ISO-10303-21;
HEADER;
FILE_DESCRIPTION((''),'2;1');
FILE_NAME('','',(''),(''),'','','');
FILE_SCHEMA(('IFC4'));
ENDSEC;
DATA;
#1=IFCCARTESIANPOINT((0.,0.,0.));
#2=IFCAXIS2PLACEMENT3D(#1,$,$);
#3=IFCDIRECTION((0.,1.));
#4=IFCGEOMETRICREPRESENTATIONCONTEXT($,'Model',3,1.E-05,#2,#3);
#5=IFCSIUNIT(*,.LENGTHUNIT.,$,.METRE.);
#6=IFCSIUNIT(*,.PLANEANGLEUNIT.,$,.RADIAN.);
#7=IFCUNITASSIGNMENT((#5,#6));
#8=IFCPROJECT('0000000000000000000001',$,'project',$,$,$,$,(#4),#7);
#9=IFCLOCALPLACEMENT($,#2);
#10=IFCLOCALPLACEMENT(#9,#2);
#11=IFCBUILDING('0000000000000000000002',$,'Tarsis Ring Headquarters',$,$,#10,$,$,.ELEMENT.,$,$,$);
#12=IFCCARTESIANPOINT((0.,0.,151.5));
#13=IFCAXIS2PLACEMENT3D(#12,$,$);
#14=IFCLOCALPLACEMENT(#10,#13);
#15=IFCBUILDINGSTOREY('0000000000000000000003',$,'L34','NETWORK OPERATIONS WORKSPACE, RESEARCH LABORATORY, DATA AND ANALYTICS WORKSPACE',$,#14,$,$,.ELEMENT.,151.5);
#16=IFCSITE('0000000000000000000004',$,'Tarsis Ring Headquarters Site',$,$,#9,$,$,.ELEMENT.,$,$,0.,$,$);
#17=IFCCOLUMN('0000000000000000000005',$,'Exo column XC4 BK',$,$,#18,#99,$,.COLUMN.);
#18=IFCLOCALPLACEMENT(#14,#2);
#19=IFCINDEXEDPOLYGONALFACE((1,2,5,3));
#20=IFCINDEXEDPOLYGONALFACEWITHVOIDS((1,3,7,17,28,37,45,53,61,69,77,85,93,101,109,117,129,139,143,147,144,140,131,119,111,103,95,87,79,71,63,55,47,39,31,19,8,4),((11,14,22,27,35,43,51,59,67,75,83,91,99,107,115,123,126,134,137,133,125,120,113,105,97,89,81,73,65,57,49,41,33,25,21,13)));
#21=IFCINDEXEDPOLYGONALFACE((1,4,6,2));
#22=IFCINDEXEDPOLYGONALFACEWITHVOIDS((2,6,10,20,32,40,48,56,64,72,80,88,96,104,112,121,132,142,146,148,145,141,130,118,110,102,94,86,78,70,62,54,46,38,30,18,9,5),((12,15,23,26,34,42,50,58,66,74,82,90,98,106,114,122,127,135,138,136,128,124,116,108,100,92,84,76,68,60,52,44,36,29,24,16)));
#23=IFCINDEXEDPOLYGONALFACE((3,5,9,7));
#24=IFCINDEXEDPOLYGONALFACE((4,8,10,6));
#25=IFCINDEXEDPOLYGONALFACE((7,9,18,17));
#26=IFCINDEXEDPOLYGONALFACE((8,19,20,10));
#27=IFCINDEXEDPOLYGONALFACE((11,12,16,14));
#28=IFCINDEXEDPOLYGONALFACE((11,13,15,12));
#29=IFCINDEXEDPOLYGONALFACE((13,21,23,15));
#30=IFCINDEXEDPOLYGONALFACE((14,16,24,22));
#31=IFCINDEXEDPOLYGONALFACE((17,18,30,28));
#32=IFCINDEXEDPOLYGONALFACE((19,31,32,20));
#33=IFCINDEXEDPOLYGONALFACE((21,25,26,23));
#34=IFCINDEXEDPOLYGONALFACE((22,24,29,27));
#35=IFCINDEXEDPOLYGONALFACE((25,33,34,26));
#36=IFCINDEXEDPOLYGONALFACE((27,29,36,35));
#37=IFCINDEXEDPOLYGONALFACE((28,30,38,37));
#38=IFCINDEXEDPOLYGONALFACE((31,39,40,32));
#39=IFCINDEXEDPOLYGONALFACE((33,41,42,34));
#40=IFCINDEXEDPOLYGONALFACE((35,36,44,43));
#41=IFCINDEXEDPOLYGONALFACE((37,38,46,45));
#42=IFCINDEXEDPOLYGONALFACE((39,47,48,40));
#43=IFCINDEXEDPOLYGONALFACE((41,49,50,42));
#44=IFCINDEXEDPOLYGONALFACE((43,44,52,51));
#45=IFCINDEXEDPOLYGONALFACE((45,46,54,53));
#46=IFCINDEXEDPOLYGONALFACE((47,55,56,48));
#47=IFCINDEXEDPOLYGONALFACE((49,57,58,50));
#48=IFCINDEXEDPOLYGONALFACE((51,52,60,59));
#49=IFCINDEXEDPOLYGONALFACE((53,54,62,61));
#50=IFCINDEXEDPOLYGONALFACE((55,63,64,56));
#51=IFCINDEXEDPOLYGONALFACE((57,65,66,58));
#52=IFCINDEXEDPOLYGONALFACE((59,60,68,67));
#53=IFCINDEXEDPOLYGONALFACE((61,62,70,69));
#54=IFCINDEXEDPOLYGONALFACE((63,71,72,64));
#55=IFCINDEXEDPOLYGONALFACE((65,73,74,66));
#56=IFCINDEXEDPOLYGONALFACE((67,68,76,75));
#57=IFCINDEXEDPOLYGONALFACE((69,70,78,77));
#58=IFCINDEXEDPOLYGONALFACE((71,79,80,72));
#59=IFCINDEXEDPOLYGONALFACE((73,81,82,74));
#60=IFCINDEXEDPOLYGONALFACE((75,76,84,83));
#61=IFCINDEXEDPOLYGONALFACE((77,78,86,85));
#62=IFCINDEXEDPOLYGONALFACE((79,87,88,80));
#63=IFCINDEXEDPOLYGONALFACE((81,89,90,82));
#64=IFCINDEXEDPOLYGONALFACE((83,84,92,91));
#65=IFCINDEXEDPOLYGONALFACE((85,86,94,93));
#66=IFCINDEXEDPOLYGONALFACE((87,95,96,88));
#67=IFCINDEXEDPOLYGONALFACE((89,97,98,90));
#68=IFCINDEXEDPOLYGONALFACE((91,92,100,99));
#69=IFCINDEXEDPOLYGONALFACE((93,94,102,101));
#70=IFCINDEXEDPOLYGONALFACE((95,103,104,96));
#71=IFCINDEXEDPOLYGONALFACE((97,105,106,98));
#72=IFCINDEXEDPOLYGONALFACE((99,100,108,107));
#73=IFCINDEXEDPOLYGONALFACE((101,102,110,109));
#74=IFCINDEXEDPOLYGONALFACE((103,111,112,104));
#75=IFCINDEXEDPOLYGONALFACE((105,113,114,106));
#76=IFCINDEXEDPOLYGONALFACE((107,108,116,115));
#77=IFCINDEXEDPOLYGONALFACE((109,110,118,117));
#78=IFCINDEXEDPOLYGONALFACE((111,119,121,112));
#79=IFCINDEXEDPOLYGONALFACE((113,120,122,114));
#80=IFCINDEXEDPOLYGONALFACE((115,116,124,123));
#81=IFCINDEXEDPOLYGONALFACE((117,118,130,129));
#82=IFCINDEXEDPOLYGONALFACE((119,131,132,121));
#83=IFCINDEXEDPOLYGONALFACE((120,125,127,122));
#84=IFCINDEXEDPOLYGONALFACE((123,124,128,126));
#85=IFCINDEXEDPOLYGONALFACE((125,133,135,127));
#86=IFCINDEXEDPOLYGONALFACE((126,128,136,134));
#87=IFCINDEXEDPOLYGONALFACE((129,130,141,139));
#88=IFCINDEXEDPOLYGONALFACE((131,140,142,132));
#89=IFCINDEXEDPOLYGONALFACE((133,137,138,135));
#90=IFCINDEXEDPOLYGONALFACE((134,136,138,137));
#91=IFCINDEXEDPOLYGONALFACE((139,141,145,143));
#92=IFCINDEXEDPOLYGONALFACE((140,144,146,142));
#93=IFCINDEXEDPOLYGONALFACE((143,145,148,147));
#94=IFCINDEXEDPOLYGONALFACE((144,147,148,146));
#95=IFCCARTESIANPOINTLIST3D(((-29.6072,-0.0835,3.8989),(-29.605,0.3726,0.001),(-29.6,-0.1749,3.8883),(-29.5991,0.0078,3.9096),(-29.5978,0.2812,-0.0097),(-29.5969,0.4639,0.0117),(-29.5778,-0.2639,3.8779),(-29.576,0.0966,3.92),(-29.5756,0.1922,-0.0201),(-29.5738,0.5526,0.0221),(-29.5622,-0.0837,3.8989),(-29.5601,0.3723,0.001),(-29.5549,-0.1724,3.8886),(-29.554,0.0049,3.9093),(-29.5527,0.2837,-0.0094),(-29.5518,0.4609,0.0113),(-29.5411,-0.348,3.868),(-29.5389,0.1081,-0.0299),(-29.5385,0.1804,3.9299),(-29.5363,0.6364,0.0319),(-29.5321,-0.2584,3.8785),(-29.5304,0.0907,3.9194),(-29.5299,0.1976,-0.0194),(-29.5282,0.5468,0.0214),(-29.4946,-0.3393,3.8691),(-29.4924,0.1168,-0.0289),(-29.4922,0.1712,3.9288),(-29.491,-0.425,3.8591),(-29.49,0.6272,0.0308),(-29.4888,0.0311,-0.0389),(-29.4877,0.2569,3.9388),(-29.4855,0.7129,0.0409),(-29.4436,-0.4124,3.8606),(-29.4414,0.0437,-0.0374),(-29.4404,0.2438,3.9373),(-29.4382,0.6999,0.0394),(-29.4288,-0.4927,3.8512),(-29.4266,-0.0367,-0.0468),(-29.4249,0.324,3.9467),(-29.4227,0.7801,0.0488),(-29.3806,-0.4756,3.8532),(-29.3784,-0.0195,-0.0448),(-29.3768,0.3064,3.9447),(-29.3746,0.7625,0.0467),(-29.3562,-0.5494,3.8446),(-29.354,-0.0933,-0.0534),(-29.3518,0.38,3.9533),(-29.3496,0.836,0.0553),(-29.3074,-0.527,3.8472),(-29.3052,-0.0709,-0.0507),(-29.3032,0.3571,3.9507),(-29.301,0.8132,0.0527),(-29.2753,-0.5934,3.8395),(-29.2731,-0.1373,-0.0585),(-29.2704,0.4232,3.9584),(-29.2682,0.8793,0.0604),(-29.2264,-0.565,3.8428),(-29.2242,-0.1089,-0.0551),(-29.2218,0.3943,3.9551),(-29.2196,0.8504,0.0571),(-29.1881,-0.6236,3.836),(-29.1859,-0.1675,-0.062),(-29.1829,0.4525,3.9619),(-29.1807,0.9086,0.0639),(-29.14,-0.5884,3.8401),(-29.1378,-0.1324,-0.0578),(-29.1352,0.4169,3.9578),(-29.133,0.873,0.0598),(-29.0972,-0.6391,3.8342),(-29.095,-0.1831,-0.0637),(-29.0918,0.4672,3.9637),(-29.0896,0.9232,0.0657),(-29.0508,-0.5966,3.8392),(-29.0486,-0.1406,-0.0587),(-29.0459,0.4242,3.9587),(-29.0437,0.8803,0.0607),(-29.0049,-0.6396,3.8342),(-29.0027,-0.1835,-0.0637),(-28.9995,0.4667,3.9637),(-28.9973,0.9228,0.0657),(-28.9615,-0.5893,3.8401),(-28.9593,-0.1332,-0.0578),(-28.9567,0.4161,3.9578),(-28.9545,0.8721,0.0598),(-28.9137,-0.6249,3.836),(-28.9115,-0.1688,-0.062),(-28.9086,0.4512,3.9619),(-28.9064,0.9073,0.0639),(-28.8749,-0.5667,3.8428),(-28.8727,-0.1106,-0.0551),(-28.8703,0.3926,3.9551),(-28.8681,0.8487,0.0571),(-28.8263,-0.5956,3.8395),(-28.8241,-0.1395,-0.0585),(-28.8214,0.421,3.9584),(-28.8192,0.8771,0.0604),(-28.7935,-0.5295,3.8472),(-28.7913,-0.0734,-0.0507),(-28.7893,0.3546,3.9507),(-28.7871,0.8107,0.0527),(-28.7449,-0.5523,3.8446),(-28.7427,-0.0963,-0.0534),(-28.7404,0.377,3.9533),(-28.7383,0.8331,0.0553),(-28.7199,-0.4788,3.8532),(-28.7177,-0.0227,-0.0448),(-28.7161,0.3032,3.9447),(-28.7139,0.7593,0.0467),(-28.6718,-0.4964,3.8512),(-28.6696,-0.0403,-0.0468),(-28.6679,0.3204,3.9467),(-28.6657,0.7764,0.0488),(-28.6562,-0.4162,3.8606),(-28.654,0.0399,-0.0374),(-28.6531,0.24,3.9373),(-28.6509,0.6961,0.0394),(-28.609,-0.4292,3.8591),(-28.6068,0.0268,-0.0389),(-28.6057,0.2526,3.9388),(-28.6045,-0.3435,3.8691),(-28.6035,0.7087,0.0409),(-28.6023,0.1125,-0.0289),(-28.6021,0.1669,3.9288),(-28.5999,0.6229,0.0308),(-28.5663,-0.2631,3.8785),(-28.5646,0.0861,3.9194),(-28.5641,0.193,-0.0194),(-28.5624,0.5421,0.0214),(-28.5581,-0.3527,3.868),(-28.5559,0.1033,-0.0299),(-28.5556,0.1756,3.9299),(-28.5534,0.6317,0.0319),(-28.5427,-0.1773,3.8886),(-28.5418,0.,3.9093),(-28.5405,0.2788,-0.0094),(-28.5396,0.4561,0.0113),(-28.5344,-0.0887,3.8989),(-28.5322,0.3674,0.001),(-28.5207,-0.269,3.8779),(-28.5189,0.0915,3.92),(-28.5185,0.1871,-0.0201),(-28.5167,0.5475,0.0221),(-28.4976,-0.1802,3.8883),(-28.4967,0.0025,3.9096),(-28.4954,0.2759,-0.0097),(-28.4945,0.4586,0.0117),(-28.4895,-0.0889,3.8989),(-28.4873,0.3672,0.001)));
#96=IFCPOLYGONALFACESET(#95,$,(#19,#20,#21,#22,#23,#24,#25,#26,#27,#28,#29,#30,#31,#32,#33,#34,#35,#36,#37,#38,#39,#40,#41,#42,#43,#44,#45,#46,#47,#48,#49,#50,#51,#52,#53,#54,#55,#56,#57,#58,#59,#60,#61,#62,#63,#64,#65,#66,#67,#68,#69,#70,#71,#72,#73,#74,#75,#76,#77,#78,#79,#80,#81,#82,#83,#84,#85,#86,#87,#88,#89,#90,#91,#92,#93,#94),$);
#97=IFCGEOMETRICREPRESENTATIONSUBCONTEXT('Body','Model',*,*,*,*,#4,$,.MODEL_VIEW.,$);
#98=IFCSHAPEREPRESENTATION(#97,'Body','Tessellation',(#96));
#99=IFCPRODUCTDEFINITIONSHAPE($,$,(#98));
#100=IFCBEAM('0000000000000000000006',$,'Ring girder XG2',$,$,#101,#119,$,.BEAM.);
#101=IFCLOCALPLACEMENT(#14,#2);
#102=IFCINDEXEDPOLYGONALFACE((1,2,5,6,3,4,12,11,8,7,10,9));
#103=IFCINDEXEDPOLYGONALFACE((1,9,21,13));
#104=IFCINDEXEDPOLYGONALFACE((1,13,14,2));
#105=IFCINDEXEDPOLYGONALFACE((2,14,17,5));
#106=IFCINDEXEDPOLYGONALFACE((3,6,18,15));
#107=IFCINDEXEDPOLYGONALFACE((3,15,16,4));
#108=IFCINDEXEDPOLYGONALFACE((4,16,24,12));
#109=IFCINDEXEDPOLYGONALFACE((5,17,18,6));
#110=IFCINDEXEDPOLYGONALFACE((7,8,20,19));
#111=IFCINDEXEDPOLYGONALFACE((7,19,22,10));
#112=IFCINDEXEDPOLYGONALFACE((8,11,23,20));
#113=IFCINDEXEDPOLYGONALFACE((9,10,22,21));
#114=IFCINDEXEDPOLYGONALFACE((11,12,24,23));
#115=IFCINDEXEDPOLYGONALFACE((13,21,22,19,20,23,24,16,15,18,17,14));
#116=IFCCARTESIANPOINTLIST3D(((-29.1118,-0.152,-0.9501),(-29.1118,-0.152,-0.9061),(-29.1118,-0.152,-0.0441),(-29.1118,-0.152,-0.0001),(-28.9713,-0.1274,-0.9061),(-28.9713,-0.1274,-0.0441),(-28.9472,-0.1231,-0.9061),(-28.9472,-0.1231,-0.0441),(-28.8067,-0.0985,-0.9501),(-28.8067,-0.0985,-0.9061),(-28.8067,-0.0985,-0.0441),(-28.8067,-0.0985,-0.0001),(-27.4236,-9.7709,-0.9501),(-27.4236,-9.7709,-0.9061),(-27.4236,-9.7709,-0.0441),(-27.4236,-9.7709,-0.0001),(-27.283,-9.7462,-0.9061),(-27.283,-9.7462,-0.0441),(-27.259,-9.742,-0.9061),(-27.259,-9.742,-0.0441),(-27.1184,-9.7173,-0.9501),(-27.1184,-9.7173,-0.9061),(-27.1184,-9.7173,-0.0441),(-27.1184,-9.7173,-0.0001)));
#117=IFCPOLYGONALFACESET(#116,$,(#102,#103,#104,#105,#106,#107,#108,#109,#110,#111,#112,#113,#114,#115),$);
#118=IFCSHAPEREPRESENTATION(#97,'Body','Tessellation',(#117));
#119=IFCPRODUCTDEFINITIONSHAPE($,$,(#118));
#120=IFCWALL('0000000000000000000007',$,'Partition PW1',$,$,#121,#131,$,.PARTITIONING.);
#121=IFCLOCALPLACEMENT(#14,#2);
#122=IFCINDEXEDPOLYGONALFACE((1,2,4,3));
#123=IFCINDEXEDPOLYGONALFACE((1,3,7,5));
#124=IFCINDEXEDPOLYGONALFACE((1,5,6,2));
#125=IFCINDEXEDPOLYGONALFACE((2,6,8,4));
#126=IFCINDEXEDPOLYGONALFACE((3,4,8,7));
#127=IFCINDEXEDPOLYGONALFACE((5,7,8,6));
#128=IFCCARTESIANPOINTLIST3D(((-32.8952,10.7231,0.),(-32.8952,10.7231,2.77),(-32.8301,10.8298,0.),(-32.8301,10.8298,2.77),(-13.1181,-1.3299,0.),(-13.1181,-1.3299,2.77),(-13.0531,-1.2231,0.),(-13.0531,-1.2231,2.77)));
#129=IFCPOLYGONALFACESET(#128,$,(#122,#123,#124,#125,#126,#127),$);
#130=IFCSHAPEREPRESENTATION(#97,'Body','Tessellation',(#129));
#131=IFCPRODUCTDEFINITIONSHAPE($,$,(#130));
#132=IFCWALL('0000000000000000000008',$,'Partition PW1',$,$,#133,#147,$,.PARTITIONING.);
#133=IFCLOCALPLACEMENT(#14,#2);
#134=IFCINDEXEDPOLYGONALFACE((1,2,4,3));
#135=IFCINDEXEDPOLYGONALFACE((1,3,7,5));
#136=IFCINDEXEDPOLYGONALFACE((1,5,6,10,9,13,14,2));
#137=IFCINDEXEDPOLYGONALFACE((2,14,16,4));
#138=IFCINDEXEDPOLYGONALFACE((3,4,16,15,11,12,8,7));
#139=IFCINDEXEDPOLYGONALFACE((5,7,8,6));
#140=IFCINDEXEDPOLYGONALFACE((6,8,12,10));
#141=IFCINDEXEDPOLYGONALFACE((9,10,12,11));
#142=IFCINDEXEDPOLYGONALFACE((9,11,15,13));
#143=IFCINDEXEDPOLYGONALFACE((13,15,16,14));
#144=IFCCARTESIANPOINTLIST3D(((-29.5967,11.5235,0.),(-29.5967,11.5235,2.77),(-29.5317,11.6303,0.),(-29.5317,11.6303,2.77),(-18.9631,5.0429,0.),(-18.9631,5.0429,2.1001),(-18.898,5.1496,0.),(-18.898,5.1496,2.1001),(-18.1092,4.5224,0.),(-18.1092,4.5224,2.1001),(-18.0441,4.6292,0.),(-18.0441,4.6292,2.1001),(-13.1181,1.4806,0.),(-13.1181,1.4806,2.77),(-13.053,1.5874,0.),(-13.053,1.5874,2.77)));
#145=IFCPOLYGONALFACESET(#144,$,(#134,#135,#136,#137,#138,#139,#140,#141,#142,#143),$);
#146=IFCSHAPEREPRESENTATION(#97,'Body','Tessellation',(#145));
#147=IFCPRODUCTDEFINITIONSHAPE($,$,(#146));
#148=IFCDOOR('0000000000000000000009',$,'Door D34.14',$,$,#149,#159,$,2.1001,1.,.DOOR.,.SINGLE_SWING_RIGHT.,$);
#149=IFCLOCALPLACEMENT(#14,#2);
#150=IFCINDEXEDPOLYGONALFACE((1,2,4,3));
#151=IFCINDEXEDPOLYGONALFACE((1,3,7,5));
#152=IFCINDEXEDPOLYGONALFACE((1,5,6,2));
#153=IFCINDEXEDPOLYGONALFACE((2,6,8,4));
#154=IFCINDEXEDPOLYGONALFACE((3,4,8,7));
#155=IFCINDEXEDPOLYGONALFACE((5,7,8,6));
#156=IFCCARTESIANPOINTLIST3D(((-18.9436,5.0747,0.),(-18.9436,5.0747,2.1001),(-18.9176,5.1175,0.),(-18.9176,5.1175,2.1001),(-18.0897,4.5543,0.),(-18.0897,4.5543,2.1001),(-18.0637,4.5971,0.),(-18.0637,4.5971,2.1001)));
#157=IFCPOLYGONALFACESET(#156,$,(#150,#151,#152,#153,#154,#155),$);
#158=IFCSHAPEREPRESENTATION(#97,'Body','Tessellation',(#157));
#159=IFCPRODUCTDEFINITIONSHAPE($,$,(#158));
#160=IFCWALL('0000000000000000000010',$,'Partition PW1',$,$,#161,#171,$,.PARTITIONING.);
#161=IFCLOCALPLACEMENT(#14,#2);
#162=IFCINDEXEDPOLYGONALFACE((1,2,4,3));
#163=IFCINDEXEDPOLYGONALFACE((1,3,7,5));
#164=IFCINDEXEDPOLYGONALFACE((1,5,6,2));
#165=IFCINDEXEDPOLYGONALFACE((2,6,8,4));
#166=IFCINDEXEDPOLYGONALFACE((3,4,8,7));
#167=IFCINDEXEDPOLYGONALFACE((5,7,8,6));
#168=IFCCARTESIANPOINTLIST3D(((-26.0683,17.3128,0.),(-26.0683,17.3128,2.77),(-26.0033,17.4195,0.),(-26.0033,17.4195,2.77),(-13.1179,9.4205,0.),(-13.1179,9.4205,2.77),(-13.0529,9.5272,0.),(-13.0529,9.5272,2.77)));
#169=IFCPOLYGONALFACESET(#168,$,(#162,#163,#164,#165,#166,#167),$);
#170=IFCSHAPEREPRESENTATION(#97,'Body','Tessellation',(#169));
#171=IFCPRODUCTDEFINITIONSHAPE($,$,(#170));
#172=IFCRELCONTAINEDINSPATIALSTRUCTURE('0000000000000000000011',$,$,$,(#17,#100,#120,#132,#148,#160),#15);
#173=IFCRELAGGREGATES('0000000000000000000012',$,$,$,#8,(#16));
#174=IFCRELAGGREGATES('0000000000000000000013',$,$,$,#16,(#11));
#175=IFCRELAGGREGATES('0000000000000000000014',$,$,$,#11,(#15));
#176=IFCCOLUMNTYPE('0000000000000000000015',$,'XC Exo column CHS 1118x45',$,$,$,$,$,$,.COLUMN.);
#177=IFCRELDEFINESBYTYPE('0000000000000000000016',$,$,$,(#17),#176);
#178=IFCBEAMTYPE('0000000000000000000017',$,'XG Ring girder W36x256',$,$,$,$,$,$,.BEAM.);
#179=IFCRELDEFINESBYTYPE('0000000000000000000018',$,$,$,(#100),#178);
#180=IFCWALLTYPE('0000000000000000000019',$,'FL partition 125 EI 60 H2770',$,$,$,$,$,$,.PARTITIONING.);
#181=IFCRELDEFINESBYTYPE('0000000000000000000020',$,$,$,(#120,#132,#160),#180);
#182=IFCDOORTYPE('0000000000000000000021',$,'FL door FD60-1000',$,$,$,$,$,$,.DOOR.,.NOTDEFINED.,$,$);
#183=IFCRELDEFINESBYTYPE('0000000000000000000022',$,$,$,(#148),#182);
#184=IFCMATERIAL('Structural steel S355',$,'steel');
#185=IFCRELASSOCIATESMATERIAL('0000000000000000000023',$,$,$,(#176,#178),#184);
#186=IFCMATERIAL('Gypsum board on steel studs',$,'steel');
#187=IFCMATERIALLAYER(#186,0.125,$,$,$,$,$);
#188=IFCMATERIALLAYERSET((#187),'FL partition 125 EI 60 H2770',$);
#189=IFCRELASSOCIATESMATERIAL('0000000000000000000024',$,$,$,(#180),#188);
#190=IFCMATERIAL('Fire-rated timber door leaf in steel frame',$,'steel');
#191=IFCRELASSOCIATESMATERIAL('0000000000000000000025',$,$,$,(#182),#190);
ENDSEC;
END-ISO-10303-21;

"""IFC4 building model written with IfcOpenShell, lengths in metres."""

from ifc_helpers import new_model, si_unit, direction, frame, frame_2d, origin, origin_2d, place, context, subcontext, project, spatial, rectangle, hollow_circle, i_section, extrude, material, layer, layer_set, material_profile, profile_set, type_object, element, fill, save


model = new_model("IFC4")

# Units and contexts
model_context = context("Model", 3, precision=1e-05, world=origin(), true_north=direction((0.0, 1.0)))
body_context = subcontext(model_context, "Body", "Model", "MODEL_VIEW")
ifc_project = project(units=[si_unit("LENGTHUNIT", "METRE"), si_unit("PLANEANGLEUNIT", "RADIAN")], contexts=[model_context])

# Site, building, storey
site_placement = place(None, origin())
site = spatial("IfcSite", under=ifc_project, at=site_placement, Name="Tarsis Ring Headquarters Site", CompositionType="ELEMENT", RefElevation=0.0)
building_placement = place(site_placement, origin())
building = spatial("IfcBuilding", under=site, at=building_placement, Name="Tarsis Ring Headquarters", CompositionType="ELEMENT")
storey_placement = place(building_placement, frame((0.0, 0.0, 151.5)))
storey = spatial("IfcBuildingStorey", under=building, at=storey_placement, Name="L34", Description="NETWORK OPERATIONS WORKSPACE, RESEARCH LABORATORY, DATA AND ANALYTICS WORKSPACE", CompositionType="ELEMENT", Elevation=151.5)

# Column
ifc_material_1 = material(Name="Structural steel S355", Category="steel")
ifc_material_profile_1 = material_profile(ifc_material_1, hollow_circle(Radius=0.5588, WallThickness=0.0449, at=origin_2d()), Name="CHS 1118x45")
ifc_profile_set_1 = profile_set([ifc_material_profile_1], Name="Structural steel S355")
column_type = type_object("IfcColumnType", Name="XC Exo column CHS 1118x45", PredefinedType="COLUMN", material=ifc_profile_set_1)
column_placement = place(storey_placement, frame((-29.0461, 0.3699, 0.001), z_axis=(-0.00056, -0.116206, 0.993225), x_axis=(0.999988, -0.004818, 0.0)))
element("IfcColumn", 1, at=column_placement, inside=storey, type_object=column_type, Name="Exo column XC4 BK", PredefinedType="COLUMN", context=body_context, shape_type="SweptSolid", body=[
    extrude(hollow_circle(Radius=0.5588, WallThickness=0.0449, at=origin_2d()), origin(), (0.0, 0.0, 1.0), 3.9246),
])

# Beam
ifc_material_profile_2 = material_profile(ifc_material_1, i_section(OverallWidth=0.3098, OverallDepth=0.95, WebThickness=0.0244, FlangeThickness=0.0439, at=origin_2d()), Name="W36x256")
ifc_profile_set_2 = profile_set([ifc_material_profile_2], Name="Structural steel S355")
beam_type = type_object("IfcBeamType", Name="XG Ring girder W36x256", PredefinedType="BEAM", material=ifc_profile_set_2)
beam_placement = place(storey_placement, frame((-28.9592, -0.1252, -0.4751), z_axis=(0.17287, -0.984945, 0.0), x_axis=(0.984945, 0.17287, 0.0)))
element("IfcBeam", 2, at=beam_placement, inside=storey, type_object=beam_type, Name="Ring girder XG2", PredefinedType="BEAM", context=body_context, shape_type="SweptSolid", body=[
    extrude(i_section(OverallWidth=0.3098, OverallDepth=0.95, WebThickness=0.0244, FlangeThickness=0.0439, at=origin_2d()), origin(), (0.0, 0.0, 1.0), 9.7659),
])

# Wall
ifc_material_2 = material(Name="Gypsum board on steel studs", Category="steel")
ifc_layer = layer(ifc_material_2, 0.125)
ifc_layer_set = layer_set([ifc_layer], Name="FL partition 125 EI 60 H2770")
wall_type = type_object("IfcWallType", Name="FL partition 125 EI 60 H2770", PredefinedType="PARTITIONING", material=ifc_layer_set)
wall_1_placement = place(storey_placement, frame((-32.8625, 10.7764, 0.0), z_axis=(0.0, 0.0, 1.0), x_axis=(0.853916, -0.520411, 0.0)))
element("IfcWall", 3, at=wall_1_placement, inside=storey, type_object=wall_type, Name="Partition PW1", PredefinedType="PARTITIONING", context=body_context, shape_type="SweptSolid", body=[
    extrude(rectangle(XDim=23.1604, YDim=0.125, at=frame_2d((11.5801, 0.0))), origin(), (0.0, 0.0, 1.0), 2.77),
])

# Wall, opening, door
wall_2_placement = place(storey_placement, frame((-29.5642, 11.5769, 0.0), z_axis=(0.0, 0.0, 1.0), x_axis=(0.853913, -0.520416, 0.0)))
wall_2 = element("IfcWall", 4, at=wall_2_placement, inside=storey, type_object=wall_type, Name="Partition PW1", PredefinedType="PARTITIONING", context=body_context, shape_type="SweptSolid", body=[
    extrude(rectangle(XDim=19.2979, YDim=0.125, at=frame_2d((9.6489, 0.0))), origin(), (0.0, 0.0, 1.0), 2.77),
])
opening_1_placement = place(wall_2_placement, frame((12.4529, 0.0, 0.0)))
opening_1 = element("IfcOpeningElement", 5, at=opening_1_placement, cuts=wall_2, PredefinedType="OPENING", context=body_context, shape_type="SweptSolid", body=[
    extrude(rectangle(XDim=1.0, YDim=2.1001, at=frame_2d((0.5, 1.05))), frame((0.0, 0.0725, 0.0), z_axis=(0.0, -1.0, 0.0), x_axis=(1.0, 0.0, 0.0)), (0.0, 0.0, 1.0), 0.145),
])
ifc_material_3 = material(Name="Fire-rated timber door leaf in steel frame", Category="steel")
door_type_1 = type_object("IfcDoorType", Name="FL door FD60-1000", OperationType="NOTDEFINED", PredefinedType="DOOR", material=ifc_material_3)
door_1_placement = place(opening_1_placement, origin())
door_1 = element("IfcDoor", 6, at=door_1_placement, inside=storey, type_object=door_type_1, Name="Door D34.14", OperationType="SINGLE_SWING_RIGHT", OverallHeight=2.1001, OverallWidth=1.0, PredefinedType="DOOR", context=body_context, shape_type="SweptSolid", body=[
    extrude(rectangle(XDim=1.0, YDim=2.1001, at=frame_2d((0.5, 1.05))), frame((0.0, 0.0249, 0.0), z_axis=(0.0, -1.0, 0.0), x_axis=(1.0, 0.0, 0.0)), (0.0, 0.0, 1.0), 0.05),
])
fill(opening_1, door_1)

# Wall
wall_3_placement = place(storey_placement, frame((-26.0359, 17.3662, 0.0), z_axis=(0.0, 0.0, 1.0), x_axis=(0.853921, -0.520402, 0.0)))
element("IfcWall", 7, at=wall_3_placement, inside=storey, type_object=wall_type, Name="Partition PW1", PredefinedType="PARTITIONING", context=body_context, shape_type="SweptSolid", body=[
    extrude(rectangle(XDim=15.1658, YDim=0.125, at=frame_2d((7.583, 0.0))), origin(), (0.0, 0.0, 1.0), 2.77),
])

save(model, "model.ifc")
